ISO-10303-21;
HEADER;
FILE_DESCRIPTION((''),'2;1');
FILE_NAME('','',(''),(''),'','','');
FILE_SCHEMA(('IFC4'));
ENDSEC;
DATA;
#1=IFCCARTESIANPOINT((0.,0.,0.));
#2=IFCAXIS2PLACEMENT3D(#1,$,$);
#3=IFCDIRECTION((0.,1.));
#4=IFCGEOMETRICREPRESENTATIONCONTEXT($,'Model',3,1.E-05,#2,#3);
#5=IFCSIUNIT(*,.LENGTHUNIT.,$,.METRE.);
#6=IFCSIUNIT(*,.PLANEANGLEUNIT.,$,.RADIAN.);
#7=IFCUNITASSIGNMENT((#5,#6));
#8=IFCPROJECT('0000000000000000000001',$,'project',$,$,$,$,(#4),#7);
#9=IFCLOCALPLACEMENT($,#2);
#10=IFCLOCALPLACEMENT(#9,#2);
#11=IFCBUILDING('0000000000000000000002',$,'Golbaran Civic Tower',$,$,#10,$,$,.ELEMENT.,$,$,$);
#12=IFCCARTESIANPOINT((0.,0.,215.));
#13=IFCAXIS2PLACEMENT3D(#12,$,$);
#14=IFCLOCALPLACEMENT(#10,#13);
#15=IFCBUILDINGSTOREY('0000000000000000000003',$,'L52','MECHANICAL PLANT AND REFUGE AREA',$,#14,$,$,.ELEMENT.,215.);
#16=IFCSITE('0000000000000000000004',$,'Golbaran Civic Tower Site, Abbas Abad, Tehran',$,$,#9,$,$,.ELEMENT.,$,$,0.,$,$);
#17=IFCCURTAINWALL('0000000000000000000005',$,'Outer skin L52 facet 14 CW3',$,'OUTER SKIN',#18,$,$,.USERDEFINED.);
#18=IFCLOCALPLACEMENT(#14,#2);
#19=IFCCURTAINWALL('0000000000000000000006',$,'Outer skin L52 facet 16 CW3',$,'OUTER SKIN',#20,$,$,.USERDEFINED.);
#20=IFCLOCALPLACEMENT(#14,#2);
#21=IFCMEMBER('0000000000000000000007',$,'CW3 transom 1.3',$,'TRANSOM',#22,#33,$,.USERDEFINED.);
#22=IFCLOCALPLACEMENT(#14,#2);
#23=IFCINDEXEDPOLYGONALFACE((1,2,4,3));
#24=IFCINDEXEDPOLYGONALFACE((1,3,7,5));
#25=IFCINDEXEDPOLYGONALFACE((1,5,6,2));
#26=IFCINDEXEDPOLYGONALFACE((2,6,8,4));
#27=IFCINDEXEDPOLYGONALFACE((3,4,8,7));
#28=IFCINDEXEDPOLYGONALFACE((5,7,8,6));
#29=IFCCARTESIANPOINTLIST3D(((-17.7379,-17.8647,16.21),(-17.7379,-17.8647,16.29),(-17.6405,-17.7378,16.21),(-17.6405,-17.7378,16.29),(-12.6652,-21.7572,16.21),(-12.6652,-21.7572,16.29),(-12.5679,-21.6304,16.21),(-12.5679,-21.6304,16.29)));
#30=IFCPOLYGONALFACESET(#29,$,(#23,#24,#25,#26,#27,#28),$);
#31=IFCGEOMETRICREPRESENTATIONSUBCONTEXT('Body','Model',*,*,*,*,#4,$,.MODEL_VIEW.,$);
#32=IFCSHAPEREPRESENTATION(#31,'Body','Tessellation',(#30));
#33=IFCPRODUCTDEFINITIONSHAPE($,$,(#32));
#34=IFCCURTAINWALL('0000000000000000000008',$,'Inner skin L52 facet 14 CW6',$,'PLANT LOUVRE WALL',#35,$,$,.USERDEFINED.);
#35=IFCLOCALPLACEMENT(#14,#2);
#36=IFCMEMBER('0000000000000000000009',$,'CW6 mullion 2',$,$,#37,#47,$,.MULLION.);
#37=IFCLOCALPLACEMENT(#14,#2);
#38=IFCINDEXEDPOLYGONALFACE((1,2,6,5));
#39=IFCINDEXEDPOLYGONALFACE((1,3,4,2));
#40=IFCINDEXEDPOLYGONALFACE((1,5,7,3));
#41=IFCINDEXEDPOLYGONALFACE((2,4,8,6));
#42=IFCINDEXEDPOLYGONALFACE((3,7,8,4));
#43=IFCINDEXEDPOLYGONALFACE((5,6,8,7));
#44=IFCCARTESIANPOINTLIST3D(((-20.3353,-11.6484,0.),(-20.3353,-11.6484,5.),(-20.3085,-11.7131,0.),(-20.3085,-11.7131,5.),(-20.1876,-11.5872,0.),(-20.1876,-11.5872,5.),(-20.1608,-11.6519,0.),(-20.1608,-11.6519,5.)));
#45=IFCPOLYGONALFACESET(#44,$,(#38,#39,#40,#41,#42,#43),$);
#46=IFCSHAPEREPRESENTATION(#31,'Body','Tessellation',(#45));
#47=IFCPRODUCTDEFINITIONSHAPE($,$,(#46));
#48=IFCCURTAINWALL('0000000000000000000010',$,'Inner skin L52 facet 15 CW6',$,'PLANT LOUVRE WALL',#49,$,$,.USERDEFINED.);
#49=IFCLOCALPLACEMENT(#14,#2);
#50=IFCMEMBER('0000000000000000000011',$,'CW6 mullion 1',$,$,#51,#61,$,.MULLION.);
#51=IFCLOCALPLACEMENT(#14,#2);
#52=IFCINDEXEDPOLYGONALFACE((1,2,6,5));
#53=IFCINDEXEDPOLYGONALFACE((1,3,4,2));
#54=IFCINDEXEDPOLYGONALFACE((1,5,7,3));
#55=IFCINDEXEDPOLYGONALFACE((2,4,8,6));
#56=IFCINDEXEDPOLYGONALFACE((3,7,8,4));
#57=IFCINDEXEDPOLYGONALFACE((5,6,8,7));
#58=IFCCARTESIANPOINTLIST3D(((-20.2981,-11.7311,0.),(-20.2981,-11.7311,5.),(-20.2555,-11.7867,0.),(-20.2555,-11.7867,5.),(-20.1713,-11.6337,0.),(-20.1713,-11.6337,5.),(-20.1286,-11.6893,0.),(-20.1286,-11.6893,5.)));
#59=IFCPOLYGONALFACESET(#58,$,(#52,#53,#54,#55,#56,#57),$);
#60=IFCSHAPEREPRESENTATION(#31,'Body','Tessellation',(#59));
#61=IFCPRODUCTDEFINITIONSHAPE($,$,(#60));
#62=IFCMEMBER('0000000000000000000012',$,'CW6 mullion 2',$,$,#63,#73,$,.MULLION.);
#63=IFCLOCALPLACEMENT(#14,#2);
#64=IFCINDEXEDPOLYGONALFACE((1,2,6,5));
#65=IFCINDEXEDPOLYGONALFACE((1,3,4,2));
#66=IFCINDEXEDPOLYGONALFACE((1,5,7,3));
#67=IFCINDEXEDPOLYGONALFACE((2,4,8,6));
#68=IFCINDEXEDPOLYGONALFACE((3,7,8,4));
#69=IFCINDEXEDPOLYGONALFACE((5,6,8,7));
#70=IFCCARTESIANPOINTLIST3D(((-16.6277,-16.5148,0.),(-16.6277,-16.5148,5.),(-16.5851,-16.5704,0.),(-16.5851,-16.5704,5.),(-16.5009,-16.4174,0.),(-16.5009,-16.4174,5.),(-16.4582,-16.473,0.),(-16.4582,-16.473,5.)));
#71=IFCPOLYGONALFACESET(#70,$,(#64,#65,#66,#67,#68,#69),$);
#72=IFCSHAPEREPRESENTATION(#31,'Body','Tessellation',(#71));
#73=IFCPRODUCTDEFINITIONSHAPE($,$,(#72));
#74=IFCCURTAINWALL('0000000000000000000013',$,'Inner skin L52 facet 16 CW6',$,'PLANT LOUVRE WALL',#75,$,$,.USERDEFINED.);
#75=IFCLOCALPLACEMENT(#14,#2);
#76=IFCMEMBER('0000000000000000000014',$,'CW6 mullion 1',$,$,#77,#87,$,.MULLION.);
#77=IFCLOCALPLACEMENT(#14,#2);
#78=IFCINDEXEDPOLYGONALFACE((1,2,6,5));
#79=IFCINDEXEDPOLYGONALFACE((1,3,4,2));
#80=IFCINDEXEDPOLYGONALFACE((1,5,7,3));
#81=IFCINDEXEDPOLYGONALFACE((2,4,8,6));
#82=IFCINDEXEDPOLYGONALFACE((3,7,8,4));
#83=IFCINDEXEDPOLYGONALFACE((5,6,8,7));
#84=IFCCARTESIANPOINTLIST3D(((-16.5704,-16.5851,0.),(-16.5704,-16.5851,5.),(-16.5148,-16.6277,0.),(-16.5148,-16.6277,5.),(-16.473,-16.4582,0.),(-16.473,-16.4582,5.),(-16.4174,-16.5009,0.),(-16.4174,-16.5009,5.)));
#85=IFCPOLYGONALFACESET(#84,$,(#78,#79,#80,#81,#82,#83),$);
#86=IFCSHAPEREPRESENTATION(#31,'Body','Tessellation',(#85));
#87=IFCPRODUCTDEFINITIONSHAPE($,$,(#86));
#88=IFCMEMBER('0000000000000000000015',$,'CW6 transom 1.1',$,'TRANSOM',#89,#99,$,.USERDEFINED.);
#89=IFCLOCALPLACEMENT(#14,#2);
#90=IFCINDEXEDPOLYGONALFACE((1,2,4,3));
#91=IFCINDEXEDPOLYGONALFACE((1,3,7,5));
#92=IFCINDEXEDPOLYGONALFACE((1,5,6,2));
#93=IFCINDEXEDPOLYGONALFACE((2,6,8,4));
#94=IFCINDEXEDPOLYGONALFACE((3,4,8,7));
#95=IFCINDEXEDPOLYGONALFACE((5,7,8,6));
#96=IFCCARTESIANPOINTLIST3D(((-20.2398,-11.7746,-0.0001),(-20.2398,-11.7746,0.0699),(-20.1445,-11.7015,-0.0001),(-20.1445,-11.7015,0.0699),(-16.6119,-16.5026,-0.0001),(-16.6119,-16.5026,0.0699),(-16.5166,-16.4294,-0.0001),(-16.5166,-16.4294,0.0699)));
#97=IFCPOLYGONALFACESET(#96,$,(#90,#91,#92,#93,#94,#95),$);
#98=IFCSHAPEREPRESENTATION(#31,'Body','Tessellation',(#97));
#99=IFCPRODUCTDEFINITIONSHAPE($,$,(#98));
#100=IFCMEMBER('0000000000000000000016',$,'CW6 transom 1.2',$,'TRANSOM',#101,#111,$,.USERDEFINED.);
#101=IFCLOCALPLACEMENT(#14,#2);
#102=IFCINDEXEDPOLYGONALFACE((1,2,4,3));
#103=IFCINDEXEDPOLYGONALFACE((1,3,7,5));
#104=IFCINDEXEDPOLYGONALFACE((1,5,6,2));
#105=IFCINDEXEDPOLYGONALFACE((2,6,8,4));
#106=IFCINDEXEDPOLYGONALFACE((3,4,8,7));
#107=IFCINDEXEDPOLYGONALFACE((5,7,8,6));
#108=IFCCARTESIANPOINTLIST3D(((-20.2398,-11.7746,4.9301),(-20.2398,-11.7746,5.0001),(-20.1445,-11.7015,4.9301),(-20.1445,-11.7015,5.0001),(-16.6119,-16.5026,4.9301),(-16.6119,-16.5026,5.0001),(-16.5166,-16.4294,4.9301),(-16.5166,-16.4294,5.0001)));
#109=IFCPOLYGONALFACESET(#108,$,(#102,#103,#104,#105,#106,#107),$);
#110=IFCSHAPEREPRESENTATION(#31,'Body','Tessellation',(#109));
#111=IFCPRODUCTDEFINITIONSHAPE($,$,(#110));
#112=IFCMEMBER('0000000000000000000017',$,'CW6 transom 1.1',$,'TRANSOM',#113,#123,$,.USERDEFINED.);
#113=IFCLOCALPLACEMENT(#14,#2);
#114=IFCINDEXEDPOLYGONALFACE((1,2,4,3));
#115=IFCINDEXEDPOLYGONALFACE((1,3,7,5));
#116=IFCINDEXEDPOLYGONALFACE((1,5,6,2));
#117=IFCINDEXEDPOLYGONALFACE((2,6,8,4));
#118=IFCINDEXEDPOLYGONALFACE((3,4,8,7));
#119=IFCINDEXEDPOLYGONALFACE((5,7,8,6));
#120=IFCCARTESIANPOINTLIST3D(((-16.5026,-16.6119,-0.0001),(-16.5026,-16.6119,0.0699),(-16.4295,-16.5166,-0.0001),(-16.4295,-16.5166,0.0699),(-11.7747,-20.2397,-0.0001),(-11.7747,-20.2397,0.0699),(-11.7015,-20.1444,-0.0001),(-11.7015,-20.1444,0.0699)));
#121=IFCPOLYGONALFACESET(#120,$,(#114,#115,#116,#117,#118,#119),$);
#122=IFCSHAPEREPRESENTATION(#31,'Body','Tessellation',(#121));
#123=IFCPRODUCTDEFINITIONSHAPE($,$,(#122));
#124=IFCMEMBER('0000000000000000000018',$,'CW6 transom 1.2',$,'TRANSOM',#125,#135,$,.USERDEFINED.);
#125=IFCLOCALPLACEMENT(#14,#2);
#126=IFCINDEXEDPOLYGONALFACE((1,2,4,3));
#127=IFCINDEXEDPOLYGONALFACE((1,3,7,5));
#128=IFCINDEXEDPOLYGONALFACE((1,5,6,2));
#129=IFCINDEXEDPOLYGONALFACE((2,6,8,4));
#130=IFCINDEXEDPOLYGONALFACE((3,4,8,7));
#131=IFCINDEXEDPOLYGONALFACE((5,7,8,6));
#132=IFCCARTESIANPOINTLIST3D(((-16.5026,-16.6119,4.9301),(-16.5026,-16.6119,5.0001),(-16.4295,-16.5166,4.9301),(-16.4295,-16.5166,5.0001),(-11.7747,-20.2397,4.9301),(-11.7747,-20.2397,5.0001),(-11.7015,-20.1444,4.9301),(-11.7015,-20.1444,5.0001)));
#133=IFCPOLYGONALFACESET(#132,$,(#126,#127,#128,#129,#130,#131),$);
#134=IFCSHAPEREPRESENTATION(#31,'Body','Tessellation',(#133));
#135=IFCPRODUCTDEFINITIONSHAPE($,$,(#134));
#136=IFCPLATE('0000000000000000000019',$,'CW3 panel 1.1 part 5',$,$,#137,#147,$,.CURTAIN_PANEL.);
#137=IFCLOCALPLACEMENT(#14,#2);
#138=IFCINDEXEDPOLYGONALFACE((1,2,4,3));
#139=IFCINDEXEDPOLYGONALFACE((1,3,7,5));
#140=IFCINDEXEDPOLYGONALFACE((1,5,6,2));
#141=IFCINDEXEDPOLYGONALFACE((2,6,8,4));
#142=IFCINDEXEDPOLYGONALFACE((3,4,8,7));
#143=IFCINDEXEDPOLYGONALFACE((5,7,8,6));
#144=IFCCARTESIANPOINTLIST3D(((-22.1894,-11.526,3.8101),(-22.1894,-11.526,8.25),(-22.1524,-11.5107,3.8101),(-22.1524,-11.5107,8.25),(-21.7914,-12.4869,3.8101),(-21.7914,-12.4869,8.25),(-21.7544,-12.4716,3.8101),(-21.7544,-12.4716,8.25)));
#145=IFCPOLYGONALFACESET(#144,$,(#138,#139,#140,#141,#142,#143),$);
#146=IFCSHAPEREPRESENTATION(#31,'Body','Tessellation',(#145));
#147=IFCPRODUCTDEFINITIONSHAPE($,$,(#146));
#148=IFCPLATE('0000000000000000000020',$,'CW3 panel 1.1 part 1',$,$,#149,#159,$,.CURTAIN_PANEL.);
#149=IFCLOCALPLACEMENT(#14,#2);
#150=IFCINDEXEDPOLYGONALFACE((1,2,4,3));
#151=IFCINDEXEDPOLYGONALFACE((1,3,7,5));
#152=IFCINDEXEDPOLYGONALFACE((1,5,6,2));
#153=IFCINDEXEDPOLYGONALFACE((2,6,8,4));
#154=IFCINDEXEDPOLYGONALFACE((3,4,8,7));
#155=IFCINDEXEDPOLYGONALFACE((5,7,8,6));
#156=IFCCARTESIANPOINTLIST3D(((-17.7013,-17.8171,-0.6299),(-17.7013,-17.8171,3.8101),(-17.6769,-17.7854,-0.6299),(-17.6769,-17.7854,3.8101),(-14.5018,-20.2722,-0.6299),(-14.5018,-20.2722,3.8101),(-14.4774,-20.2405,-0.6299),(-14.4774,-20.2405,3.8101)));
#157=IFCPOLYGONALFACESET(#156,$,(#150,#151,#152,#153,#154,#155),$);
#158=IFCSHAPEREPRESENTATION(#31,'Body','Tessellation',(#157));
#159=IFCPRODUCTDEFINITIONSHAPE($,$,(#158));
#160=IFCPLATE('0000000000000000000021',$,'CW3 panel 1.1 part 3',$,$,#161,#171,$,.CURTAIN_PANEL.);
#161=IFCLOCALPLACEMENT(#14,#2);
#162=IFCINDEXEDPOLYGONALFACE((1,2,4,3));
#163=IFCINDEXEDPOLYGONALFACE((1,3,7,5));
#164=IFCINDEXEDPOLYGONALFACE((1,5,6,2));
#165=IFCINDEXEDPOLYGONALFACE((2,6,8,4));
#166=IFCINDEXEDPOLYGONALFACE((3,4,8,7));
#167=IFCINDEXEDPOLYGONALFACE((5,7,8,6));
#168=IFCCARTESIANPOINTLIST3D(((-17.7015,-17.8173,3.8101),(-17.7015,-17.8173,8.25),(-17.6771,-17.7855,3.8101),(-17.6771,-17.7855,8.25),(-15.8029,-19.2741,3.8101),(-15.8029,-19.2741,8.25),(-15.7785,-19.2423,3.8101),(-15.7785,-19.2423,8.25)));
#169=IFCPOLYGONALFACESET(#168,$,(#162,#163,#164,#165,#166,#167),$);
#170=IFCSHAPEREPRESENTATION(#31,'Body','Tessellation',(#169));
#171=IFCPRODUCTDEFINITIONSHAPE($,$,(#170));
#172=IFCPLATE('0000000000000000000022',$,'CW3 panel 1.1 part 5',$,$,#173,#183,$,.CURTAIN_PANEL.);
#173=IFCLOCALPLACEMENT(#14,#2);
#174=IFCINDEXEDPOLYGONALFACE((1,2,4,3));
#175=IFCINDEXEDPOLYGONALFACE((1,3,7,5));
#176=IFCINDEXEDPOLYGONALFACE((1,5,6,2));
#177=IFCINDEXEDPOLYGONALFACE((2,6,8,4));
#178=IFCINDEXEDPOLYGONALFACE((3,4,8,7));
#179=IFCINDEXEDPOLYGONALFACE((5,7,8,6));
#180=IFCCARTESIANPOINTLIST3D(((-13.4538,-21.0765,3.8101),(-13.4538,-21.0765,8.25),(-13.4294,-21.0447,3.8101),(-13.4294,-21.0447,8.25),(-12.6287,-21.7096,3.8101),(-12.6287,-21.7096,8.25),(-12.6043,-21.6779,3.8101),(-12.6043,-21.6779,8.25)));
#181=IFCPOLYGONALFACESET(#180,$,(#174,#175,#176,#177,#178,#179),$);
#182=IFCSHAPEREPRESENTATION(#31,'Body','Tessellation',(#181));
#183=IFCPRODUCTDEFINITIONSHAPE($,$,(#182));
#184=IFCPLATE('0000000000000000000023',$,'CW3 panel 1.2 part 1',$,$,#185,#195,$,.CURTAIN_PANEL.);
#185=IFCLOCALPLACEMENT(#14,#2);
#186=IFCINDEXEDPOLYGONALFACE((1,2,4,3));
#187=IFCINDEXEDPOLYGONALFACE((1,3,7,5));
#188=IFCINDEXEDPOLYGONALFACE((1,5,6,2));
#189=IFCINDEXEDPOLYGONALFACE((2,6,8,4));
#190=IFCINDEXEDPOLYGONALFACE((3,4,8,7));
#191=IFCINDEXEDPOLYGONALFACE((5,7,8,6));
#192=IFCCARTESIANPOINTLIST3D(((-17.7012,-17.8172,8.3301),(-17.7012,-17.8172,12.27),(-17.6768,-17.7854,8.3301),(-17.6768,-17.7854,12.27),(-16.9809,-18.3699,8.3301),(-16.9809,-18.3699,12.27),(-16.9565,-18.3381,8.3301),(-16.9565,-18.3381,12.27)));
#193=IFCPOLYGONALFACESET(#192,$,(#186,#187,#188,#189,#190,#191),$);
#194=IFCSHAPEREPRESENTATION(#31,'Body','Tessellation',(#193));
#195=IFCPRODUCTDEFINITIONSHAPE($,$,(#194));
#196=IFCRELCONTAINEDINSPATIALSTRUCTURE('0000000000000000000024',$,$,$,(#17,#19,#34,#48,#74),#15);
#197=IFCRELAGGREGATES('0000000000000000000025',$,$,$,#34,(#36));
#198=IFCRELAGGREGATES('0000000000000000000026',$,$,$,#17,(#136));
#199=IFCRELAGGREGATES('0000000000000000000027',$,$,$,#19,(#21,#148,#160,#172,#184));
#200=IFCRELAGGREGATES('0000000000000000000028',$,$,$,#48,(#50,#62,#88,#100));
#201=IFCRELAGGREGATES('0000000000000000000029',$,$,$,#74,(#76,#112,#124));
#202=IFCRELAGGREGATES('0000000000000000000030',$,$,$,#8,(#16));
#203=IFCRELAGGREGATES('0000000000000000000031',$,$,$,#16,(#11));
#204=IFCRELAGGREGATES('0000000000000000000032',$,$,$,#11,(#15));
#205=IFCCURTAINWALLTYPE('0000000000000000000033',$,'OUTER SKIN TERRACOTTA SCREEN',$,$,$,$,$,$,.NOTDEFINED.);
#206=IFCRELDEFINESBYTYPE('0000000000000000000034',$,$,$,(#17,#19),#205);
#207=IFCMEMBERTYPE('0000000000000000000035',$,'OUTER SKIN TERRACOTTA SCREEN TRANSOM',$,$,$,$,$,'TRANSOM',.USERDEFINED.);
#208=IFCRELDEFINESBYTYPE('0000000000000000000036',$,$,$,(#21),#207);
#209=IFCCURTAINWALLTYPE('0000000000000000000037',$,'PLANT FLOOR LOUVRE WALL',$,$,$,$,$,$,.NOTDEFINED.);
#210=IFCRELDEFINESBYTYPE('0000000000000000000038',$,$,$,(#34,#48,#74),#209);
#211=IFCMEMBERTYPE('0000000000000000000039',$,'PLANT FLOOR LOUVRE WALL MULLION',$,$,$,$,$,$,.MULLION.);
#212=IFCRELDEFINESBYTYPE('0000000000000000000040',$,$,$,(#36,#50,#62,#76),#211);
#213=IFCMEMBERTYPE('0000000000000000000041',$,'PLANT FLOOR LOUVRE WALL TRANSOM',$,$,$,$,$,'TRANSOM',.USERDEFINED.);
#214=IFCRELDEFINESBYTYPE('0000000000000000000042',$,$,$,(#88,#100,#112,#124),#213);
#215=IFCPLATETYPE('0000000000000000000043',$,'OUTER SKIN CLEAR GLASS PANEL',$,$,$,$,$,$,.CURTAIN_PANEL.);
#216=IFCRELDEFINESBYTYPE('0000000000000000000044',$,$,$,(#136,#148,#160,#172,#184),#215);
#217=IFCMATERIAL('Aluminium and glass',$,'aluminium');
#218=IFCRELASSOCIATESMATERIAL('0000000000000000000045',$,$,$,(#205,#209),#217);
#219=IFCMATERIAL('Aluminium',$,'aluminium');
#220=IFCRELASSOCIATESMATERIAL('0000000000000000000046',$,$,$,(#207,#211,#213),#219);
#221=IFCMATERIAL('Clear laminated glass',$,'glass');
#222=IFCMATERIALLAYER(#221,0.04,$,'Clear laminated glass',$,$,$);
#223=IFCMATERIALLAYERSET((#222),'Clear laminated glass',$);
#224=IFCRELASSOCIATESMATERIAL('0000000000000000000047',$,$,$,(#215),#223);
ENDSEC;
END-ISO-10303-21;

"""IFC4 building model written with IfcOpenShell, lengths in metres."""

from ifc_helpers import new_model, si_unit, direction, frame, origin, origin_2d, place, context, subcontext, project, spatial, rectangle, extrude, material, layer, layer_set, material_profile, profile_set, type_object, element, aggregate, save


model = new_model("IFC4")

# Units and contexts
model_context = context("Model", 3, precision=1e-05, world=origin(), true_north=direction((0.0, 1.0)))
body_context = subcontext(model_context, "Body", "Model", "MODEL_VIEW")
ifc_project = project(units=[si_unit("LENGTHUNIT", "METRE"), si_unit("PLANEANGLEUNIT", "RADIAN")], contexts=[model_context])

# Site, building, storey
site_placement = place(None, origin())
site = spatial("IfcSite", under=ifc_project, at=site_placement, Name="Golbaran Civic Tower Site, Abbas Abad, Tehran", CompositionType="ELEMENT", RefElevation=0.0)
building_placement = place(site_placement, origin())
building = spatial("IfcBuilding", under=site, at=building_placement, Name="Golbaran Civic Tower", CompositionType="ELEMENT")
storey_placement = place(building_placement, frame((0.0, 0.0, 215.0)))
storey = spatial("IfcBuildingStorey", under=building, at=storey_placement, Name="L52", Description="MECHANICAL PLANT AND REFUGE AREA", CompositionType="ELEMENT", Elevation=215.0)

# Curtain wall
ifc_material_1 = material(Name="Aluminium and glass", Category="aluminium")
curtain_wall_type_1 = type_object("IfcCurtainWallType", Name="OUTER SKIN TERRACOTTA SCREEN", PredefinedType="NOTDEFINED", material=ifc_material_1)
curtain_wall_1_placement = place(storey_placement, origin())
curtain_wall_1 = element("IfcCurtainWall", 1, at=curtain_wall_1_placement, inside=storey, type_object=curtain_wall_type_1, Name="Outer skin L52 facet 14 CW3", ObjectType="OUTER SKIN", PredefinedType="USERDEFINED")
ifc_material_2 = material(Name="Aluminium", Category="aluminium")

# Curtain wall
curtain_wall_2_placement = place(storey_placement, origin())
curtain_wall_2 = element("IfcCurtainWall", 2, at=curtain_wall_2_placement, inside=storey, type_object=curtain_wall_type_1, Name="Outer skin L52 facet 16 CW3", ObjectType="OUTER SKIN", PredefinedType="USERDEFINED")

# Member
ifc_material_profile_1 = material_profile(ifc_material_2, rectangle(XDim=0.1599, YDim=0.0801, at=origin_2d()), Name="OUTER SKIN TERRACOTTA SCREEN TRANSOM")
ifc_profile_set_1 = profile_set([ifc_material_profile_1], Name="Aluminium")
member_type_1 = type_object("IfcMemberType", Name="OUTER SKIN TERRACOTTA SCREEN TRANSOM", ElementType="TRANSOM", PredefinedType="USERDEFINED", material=ifc_profile_set_1)
member_1_placement = place(storey_placement, frame((-17.6892, -17.8013, 16.25), z_axis=(0.793344, -0.608773, 0.0), x_axis=(0.608773, 0.793344, 0.0)))
member_1 = element("IfcMember", 3, at=member_1_placement, type_object=member_type_1, Name="CW3 transom 1.3", ObjectType="TRANSOM", PredefinedType="USERDEFINED", context=body_context, shape_type="SweptSolid", body=[
    extrude(rectangle(XDim=0.1599, YDim=0.0801, at=origin_2d()), origin(), (0.0, 0.0, 1.0), 6.394),
])

# Curtain wall, member
curtain_wall_type_2 = type_object("IfcCurtainWallType", Name="PLANT FLOOR LOUVRE WALL", PredefinedType="NOTDEFINED", material=ifc_material_1)
curtain_wall_3_placement = place(storey_placement, origin())
curtain_wall_3 = element("IfcCurtainWall", 4, at=curtain_wall_3_placement, inside=storey, type_object=curtain_wall_type_2, Name="Inner skin L52 facet 14 CW6", ObjectType="PLANT LOUVRE WALL", PredefinedType="USERDEFINED")
ifc_material_profile_2 = material_profile(ifc_material_2, rectangle(XDim=0.1599, YDim=0.0701, at=origin_2d()), Name="PLANT FLOOR LOUVRE WALL MULLION")
ifc_profile_set_2 = profile_set([ifc_material_profile_2], Name="Aluminium")
member_type_2 = type_object("IfcMemberType", Name="PLANT FLOOR LOUVRE WALL MULLION", PredefinedType="MULLION", material=ifc_profile_set_2)
member_2_placement = place(storey_placement, frame((-20.248, -11.6501, 0.0), z_axis=(0.0, 0.0, 1.0), x_axis=(0.92388, 0.382683, 0.0)))
member_2 = element("IfcMember", 5, at=member_2_placement, type_object=member_type_2, Name="CW6 mullion 2", PredefinedType="MULLION", context=body_context, shape_type="SweptSolid", body=[
    extrude(rectangle(XDim=0.1599, YDim=0.0701, at=origin_2d()), origin(), (0.0, 0.0, 1.0), 5.0),
])
aggregate(curtain_wall_3, [member_2])

# Curtain wall, members
curtain_wall_4_placement = place(storey_placement, origin())
curtain_wall_4 = element("IfcCurtainWall", 6, at=curtain_wall_4_placement, inside=storey, type_object=curtain_wall_type_2, Name="Inner skin L52 facet 15 CW6", ObjectType="PLANT LOUVRE WALL", PredefinedType="USERDEFINED")
member_3_placement = place(storey_placement, frame((-20.2134, -11.7102, 0.0), z_axis=(0.0, 0.0, 1.0), x_axis=(0.793353, 0.608761, 0.0)))
member_3 = element("IfcMember", 7, at=member_3_placement, type_object=member_type_2, Name="CW6 mullion 1", PredefinedType="MULLION", context=body_context, shape_type="SweptSolid", body=[
    extrude(rectangle(XDim=0.1599, YDim=0.0701, at=origin_2d()), origin(), (0.0, 0.0, 1.0), 5.0),
])
member_4_placement = place(storey_placement, frame((-16.543, -16.4939, 0.0), z_axis=(0.0, 0.0, 1.0), x_axis=(0.793353, 0.608761, 0.0)))
member_4 = element("IfcMember", 8, at=member_4_placement, type_object=member_type_2, Name="CW6 mullion 2", PredefinedType="MULLION", context=body_context, shape_type="SweptSolid", body=[
    extrude(rectangle(XDim=0.1599, YDim=0.0701, at=origin_2d()), origin(), (0.0, 0.0, 1.0), 5.0),
])

# Curtain wall, member
curtain_wall_5_placement = place(storey_placement, origin())
curtain_wall_5 = element("IfcCurtainWall", 9, at=curtain_wall_5_placement, inside=storey, type_object=curtain_wall_type_2, Name="Inner skin L52 facet 16 CW6", ObjectType="PLANT LOUVRE WALL", PredefinedType="USERDEFINED")
member_5_placement = place(storey_placement, frame((-16.4939, -16.543, 0.0), z_axis=(0.0, 0.0, 1.0), x_axis=(0.608761, 0.793353, 0.0)))
member_5 = element("IfcMember", 10, at=member_5_placement, type_object=member_type_2, Name="CW6 mullion 1", PredefinedType="MULLION", context=body_context, shape_type="SweptSolid", body=[
    extrude(rectangle(XDim=0.1599, YDim=0.0701, at=origin_2d()), origin(), (0.0, 0.0, 1.0), 5.0),
])

# Members
ifc_material_profile_3 = material_profile(ifc_material_2, rectangle(XDim=0.1201, YDim=0.0701, at=origin_2d()), Name="PLANT FLOOR LOUVRE WALL TRANSOM")
ifc_profile_set_3 = profile_set([ifc_material_profile_3], Name="Aluminium")
member_type_3 = type_object("IfcMemberType", Name="PLANT FLOOR LOUVRE WALL TRANSOM", ElementType="TRANSOM", PredefinedType="USERDEFINED", material=ifc_profile_set_3)
member_6_placement = place(storey_placement, frame((-20.1921, -11.738, 0.0349), z_axis=(0.60876, -0.793354, 0.0), x_axis=(0.793354, 0.60876, 0.0)))
member_6 = element("IfcMember", 11, at=member_6_placement, type_object=member_type_3, Name="CW6 transom 1.1", ObjectType="TRANSOM", PredefinedType="USERDEFINED", context=body_context, shape_type="SweptSolid", body=[
    extrude(rectangle(XDim=0.1201, YDim=0.0701, at=origin_2d()), origin(), (0.0, 0.0, 1.0), 5.9595),
])
member_7_placement = place(storey_placement, frame((-20.1921, -11.738, 4.9651), z_axis=(0.60876, -0.793354, 0.0), x_axis=(0.793354, 0.60876, 0.0)))
member_7 = element("IfcMember", 12, at=member_7_placement, type_object=member_type_3, Name="CW6 transom 1.2", ObjectType="TRANSOM", PredefinedType="USERDEFINED", context=body_context, shape_type="SweptSolid", body=[
    extrude(rectangle(XDim=0.1201, YDim=0.0701, at=origin_2d()), origin(), (0.0, 0.0, 1.0), 5.9595),
])
member_8_placement = place(storey_placement, frame((-16.4661, -16.5642, 0.0349), z_axis=(0.793354, -0.60876, 0.0), x_axis=(0.60876, 0.793354, 0.0)))
member_8 = element("IfcMember", 13, at=member_8_placement, type_object=member_type_3, Name="CW6 transom 1.1", ObjectType="TRANSOM", PredefinedType="USERDEFINED", context=body_context, shape_type="SweptSolid", body=[
    extrude(rectangle(XDim=0.1201, YDim=0.0701, at=origin_2d()), origin(), (0.0, 0.0, 1.0), 5.9595),
])
member_9_placement = place(storey_placement, frame((-16.4661, -16.5642, 4.9651), z_axis=(0.793354, -0.60876, 0.0), x_axis=(0.60876, 0.793354, 0.0)))
member_9 = element("IfcMember", 14, at=member_9_placement, type_object=member_type_3, Name="CW6 transom 1.2", ObjectType="TRANSOM", PredefinedType="USERDEFINED", context=body_context, shape_type="SweptSolid", body=[
    extrude(rectangle(XDim=0.1201, YDim=0.0701, at=origin_2d()), origin(), (0.0, 0.0, 1.0), 5.9595),
])

# Plates
ifc_material_3 = material(Name="Clear laminated glass", Category="glass")
ifc_layer_1 = layer(ifc_material_3, 0.04, Name="Clear laminated glass")
ifc_layer_set_1 = layer_set([ifc_layer_1], Name="Clear laminated glass")
plate_type_1 = type_object("IfcPlateType", Name="OUTER SKIN CLEAR GLASS PANEL", PredefinedType="CURTAIN_PANEL", material=ifc_layer_set_1)
plate_1_placement = place(storey_placement, frame((-21.9719, -11.9988, 3.8101), z_axis=(0.0, 0.0, 1.0), x_axis=(0.382683, -0.92388, 0.0)))
plate_1 = element("IfcPlate", 15, at=plate_1_placement, type_object=plate_type_1, Name="CW3 panel 1.1 part 5", PredefinedType="CURTAIN_PANEL", context=body_context, shape_type="SweptSolid", body=[
    extrude(rectangle(XDim=1.04, YDim=0.04, at=origin_2d()), origin(), (0.0, 0.0, 1.0), 4.4399),
])
aggregate(curtain_wall_1, [plate_1])
plate_2_placement = place(storey_placement, frame((-16.0894, -19.0288, -0.6299), z_axis=(0.0, 0.0, 1.0), x_axis=(0.793353, -0.608761, 0.0)))
plate_2 = element("IfcPlate", 16, at=plate_2_placement, type_object=plate_type_1, Name="CW3 panel 1.1 part 1", PredefinedType="CURTAIN_PANEL", context=body_context, shape_type="SweptSolid", body=[
    extrude(rectangle(XDim=4.033, YDim=0.04, at=origin_2d()), origin(), (0.0, 0.0, 1.0), 4.4399),
])
plate_3_placement = place(storey_placement, frame((-16.74, -18.5298, 3.8101), z_axis=(0.0, 0.0, 1.0), x_axis=(0.793353, -0.608761, 0.0)))
plate_3 = element("IfcPlate", 17, at=plate_3_placement, type_object=plate_type_1, Name="CW3 panel 1.1 part 3", PredefinedType="CURTAIN_PANEL", context=body_context, shape_type="SweptSolid", body=[
    extrude(rectangle(XDim=2.3931, YDim=0.04, at=origin_2d()), origin(), (0.0, 0.0, 1.0), 4.4399),
])
plate_4_placement = place(storey_placement, frame((-13.0291, -21.3772, 3.8101), z_axis=(0.0, 0.0, 1.0), x_axis=(0.793353, -0.608761, 0.0)))
plate_4 = element("IfcPlate", 18, at=plate_4_placement, type_object=plate_type_1, Name="CW3 panel 1.1 part 5", PredefinedType="CURTAIN_PANEL", context=body_context, shape_type="SweptSolid", body=[
    extrude(rectangle(XDim=1.04, YDim=0.04, at=origin_2d()), origin(), (0.0, 0.0, 1.0), 4.4399),
])
plate_5_placement = place(storey_placement, frame((-17.3289, -18.0776, 8.3301), z_axis=(0.0, 0.0, 1.0), x_axis=(0.793353, -0.608761, 0.0)))
plate_5 = element("IfcPlate", 19, at=plate_5_placement, type_object=plate_type_1, Name="CW3 panel 1.2 part 1", PredefinedType="CURTAIN_PANEL", context=body_context, shape_type="SweptSolid", body=[
    extrude(rectangle(XDim=0.908, YDim=0.04, at=origin_2d()), origin(), (0.0, 0.0, 1.0), 3.9399),
])
aggregate(curtain_wall_2, [member_1, plate_2, plate_3, plate_4, plate_5])
aggregate(curtain_wall_4, [member_3, member_4, member_6, member_7])
aggregate(curtain_wall_5, [member_5, member_8, member_9])

save(model, "model.ifc")
